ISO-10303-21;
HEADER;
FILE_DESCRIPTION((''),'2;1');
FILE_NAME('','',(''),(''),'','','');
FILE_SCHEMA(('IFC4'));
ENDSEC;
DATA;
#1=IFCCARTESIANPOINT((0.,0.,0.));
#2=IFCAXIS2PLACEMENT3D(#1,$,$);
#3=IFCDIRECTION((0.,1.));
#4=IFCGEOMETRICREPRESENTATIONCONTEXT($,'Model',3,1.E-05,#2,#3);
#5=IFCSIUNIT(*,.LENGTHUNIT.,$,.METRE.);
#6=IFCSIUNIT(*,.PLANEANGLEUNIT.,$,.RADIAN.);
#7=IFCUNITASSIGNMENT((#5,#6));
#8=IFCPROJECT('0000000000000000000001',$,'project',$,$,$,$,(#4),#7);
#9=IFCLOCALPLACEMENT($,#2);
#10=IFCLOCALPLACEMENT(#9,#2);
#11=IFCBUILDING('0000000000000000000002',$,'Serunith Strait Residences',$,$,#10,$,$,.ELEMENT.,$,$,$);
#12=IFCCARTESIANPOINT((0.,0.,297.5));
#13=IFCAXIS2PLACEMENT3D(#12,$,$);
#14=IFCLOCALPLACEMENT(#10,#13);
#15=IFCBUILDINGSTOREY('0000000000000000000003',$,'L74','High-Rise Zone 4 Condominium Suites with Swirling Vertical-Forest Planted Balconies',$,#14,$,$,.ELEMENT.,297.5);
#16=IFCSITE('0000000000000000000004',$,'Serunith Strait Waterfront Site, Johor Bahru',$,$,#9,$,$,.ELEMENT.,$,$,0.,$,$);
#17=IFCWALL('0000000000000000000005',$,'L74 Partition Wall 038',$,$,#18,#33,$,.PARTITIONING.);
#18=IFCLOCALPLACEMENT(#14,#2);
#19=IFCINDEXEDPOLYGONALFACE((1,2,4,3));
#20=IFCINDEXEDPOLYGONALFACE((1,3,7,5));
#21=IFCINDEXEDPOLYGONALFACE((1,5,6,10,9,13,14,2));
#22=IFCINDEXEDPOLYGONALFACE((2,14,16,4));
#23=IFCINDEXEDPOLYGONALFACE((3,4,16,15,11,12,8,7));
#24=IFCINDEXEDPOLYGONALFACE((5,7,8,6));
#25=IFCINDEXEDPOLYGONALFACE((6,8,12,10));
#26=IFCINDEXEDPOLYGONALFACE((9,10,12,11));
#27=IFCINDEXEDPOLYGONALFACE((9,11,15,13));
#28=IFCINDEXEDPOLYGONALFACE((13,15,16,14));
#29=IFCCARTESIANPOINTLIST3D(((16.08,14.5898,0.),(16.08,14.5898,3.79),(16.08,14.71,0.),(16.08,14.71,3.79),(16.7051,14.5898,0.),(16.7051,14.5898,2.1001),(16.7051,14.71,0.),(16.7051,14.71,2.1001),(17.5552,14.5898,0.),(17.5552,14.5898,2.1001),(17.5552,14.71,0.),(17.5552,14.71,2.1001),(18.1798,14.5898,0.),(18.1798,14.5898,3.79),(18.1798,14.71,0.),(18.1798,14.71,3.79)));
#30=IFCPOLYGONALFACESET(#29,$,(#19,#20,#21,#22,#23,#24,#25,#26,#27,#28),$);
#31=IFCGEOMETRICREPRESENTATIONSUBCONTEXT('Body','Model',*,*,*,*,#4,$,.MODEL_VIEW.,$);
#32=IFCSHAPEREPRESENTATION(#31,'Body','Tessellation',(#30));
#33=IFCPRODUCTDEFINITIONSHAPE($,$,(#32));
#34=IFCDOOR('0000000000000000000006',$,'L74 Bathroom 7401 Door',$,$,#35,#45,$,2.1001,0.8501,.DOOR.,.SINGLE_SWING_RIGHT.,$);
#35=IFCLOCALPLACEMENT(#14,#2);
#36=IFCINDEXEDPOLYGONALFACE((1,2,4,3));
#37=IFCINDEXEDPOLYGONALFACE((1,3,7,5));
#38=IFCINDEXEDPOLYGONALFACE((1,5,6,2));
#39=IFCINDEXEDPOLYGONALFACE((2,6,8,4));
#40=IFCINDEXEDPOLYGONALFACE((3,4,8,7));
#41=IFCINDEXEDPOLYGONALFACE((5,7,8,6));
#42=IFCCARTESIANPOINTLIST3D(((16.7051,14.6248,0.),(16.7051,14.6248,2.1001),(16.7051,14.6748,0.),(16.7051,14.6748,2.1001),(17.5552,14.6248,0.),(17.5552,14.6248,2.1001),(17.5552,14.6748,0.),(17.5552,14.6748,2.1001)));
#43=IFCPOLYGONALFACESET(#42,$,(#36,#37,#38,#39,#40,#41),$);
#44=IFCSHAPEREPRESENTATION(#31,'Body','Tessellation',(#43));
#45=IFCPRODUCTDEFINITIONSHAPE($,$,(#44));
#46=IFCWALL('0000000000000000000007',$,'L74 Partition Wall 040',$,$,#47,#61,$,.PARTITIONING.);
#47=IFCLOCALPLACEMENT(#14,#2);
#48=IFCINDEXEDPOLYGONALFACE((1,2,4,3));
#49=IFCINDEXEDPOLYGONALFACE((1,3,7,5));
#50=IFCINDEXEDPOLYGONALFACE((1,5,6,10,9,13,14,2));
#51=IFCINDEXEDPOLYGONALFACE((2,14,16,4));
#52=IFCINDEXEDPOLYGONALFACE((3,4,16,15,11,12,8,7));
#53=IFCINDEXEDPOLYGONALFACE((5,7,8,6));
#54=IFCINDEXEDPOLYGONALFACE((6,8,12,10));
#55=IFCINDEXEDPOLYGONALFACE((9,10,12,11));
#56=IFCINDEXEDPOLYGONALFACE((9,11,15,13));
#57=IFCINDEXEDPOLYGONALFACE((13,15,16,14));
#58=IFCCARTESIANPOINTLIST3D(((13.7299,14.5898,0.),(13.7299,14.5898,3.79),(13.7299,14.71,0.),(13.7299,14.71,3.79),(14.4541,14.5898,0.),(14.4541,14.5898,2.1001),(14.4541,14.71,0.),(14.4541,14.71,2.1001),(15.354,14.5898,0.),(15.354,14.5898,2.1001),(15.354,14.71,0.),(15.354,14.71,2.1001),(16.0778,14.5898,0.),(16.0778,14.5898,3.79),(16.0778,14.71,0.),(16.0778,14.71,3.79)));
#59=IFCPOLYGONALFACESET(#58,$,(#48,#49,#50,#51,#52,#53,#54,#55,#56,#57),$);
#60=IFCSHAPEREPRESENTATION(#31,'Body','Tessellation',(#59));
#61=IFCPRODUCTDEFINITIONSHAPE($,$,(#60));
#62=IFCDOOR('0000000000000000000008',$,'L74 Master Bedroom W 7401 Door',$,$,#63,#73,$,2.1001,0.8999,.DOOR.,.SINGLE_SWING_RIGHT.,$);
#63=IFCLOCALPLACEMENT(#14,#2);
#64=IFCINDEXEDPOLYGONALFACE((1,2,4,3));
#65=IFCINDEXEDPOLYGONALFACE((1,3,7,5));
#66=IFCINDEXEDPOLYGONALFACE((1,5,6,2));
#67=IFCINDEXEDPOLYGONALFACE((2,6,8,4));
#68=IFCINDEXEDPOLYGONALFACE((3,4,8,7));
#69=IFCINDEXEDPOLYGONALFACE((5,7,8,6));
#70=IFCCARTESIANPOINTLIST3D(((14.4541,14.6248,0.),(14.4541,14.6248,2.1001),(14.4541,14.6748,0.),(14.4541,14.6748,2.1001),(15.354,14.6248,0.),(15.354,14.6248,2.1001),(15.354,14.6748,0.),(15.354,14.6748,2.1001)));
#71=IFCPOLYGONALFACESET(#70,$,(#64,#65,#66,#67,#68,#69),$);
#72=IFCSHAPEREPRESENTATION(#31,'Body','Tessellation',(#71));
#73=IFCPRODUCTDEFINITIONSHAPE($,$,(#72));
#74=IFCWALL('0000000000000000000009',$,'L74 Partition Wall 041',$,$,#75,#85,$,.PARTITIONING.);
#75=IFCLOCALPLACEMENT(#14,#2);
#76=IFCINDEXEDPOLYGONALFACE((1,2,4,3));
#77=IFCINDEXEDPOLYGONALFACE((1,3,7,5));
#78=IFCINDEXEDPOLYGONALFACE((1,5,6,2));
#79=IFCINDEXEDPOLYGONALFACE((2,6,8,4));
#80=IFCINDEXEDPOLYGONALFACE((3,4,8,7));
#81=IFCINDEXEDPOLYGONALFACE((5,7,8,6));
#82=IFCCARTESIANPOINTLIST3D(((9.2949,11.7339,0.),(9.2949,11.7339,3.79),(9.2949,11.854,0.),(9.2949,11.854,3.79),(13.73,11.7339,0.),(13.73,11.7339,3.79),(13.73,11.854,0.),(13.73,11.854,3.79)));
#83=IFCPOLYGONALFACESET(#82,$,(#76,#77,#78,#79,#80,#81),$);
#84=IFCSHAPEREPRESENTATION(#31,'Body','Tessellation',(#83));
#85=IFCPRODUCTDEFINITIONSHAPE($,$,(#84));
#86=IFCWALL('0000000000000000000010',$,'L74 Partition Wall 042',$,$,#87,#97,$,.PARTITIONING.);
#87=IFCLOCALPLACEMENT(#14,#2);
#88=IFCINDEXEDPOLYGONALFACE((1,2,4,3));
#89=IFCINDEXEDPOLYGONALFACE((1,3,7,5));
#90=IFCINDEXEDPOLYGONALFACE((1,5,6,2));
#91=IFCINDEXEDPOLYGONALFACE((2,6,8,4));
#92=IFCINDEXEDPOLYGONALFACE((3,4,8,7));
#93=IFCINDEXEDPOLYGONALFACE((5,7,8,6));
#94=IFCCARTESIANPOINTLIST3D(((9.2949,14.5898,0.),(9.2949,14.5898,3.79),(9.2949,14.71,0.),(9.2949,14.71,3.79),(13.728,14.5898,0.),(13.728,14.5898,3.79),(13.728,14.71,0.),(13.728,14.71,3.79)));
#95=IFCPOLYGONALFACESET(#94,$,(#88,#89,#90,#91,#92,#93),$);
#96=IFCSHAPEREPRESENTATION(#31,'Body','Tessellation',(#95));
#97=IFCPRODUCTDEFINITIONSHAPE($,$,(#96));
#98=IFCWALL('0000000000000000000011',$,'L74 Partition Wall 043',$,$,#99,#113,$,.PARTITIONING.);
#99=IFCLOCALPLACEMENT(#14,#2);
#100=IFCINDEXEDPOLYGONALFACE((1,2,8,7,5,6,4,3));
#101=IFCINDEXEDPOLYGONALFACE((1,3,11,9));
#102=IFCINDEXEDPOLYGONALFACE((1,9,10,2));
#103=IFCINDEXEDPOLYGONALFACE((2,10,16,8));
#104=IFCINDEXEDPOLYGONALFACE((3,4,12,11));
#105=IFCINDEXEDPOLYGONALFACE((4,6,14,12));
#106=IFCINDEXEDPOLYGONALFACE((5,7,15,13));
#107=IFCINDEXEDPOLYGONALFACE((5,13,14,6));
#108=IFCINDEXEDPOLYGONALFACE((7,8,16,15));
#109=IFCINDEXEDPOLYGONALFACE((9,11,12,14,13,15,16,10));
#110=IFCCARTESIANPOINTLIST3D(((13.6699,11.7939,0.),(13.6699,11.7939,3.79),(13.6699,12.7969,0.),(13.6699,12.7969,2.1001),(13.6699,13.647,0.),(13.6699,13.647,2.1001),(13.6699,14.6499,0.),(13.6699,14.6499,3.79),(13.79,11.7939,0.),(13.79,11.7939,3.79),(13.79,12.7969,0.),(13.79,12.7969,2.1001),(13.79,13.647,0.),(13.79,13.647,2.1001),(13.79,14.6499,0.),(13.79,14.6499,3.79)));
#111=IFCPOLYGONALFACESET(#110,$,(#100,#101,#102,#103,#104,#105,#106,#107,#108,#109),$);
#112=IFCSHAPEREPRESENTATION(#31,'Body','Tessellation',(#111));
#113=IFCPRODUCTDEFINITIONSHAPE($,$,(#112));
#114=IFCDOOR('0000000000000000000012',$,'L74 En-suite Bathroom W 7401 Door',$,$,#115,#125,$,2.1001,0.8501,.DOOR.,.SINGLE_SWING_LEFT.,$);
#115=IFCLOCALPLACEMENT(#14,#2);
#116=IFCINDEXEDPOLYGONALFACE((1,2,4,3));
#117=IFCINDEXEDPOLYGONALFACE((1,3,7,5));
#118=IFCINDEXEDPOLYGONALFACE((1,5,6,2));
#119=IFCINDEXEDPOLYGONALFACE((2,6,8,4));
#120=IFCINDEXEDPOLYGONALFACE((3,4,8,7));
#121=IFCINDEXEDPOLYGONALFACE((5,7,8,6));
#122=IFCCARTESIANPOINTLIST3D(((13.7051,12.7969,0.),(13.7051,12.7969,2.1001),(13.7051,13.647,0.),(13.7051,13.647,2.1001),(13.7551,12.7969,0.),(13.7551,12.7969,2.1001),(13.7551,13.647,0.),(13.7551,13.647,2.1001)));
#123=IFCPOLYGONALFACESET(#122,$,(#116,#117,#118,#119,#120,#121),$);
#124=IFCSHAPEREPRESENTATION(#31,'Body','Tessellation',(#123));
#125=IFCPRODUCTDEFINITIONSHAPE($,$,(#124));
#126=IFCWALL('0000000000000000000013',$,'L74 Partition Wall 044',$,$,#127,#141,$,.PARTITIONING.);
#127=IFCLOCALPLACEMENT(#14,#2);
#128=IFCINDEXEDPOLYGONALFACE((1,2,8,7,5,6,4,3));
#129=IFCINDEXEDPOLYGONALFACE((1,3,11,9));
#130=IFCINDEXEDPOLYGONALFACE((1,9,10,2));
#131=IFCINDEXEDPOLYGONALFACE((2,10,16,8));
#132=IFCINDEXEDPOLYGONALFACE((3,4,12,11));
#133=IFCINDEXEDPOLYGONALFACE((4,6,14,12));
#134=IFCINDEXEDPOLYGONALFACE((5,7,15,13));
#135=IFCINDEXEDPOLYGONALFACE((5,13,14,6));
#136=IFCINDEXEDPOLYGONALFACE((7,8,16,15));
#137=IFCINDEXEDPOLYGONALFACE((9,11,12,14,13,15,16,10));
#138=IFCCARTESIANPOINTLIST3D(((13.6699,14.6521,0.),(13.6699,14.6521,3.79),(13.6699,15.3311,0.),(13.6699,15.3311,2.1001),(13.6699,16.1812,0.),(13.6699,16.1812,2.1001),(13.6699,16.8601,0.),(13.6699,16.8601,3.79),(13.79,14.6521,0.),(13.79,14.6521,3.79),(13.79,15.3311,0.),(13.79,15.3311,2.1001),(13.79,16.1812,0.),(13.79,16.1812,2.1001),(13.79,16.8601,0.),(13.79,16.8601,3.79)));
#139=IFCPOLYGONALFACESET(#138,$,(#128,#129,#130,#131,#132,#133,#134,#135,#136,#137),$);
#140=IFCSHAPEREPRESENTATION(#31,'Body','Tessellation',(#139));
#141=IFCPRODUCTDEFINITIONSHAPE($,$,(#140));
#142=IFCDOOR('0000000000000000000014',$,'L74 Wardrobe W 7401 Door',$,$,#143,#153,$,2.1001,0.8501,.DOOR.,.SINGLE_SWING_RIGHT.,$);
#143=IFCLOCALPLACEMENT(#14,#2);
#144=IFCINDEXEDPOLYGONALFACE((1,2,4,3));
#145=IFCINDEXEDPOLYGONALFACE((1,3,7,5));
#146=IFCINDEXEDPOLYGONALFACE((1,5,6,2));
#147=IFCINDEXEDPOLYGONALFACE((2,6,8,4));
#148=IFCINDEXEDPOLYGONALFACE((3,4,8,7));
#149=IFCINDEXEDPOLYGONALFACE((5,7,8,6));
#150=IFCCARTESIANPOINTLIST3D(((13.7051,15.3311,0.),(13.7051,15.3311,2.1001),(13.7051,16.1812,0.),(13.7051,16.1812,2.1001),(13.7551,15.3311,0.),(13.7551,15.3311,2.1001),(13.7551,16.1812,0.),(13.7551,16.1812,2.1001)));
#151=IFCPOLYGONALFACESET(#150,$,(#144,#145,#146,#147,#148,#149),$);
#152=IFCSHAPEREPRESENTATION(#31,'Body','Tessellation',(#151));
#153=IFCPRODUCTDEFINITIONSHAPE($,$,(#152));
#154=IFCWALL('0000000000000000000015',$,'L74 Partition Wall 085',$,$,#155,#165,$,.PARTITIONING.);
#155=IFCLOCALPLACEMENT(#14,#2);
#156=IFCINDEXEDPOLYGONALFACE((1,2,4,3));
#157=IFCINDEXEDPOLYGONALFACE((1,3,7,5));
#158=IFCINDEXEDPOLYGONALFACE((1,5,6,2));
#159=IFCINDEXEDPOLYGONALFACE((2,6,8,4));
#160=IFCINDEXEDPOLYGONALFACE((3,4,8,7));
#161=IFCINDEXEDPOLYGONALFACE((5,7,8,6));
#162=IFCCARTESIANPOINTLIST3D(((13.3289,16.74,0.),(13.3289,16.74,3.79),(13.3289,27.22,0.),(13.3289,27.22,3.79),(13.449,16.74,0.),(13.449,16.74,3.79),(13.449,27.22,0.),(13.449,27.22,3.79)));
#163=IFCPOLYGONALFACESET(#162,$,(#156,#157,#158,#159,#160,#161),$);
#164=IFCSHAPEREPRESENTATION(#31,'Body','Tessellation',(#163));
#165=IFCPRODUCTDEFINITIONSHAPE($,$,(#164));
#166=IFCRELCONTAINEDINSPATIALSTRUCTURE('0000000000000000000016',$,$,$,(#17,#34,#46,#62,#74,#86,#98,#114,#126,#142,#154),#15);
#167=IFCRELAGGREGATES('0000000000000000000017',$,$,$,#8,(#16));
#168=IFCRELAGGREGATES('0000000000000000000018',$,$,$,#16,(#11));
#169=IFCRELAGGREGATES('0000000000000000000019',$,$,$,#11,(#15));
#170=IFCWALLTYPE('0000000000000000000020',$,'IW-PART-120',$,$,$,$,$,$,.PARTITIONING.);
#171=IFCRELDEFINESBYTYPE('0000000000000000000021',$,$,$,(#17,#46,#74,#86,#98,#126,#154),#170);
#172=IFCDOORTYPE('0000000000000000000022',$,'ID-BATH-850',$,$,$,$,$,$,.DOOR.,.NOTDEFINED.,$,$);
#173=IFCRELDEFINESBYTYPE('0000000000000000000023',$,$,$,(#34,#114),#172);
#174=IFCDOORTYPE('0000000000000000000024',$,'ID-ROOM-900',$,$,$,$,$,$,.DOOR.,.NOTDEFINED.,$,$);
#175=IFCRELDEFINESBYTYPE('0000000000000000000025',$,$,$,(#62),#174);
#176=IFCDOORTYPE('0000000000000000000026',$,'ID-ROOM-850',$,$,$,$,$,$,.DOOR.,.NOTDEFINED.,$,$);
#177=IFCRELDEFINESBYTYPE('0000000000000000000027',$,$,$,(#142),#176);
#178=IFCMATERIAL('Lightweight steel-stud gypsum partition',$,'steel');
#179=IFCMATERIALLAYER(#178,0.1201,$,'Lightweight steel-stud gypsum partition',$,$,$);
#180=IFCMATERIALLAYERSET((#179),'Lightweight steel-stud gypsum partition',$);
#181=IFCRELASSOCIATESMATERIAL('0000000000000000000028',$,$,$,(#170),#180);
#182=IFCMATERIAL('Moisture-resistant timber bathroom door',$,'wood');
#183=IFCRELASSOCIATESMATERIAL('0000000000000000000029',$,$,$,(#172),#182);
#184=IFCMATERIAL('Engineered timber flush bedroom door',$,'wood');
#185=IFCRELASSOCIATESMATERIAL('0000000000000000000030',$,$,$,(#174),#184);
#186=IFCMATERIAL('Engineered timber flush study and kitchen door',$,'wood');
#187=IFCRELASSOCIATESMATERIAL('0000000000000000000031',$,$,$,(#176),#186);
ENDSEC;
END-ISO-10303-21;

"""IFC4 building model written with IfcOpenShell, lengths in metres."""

from ifc_helpers import new_model, si_unit, direction, frame, frame_2d, origin, place, context, subcontext, project, spatial, rectangle, extrude, source, transform, mapped, material, layer, layer_set, type_object, element, fill, save


model = new_model("IFC4")

# Units and contexts
model_context = context("Model", 3, precision=1e-05, world=origin(), true_north=direction((0.0, 1.0)))
body_context = subcontext(model_context, "Body", "Model", "MODEL_VIEW")
ifc_project = project(units=[si_unit("LENGTHUNIT", "METRE"), si_unit("PLANEANGLEUNIT", "RADIAN")], contexts=[model_context])

# Site, building, storey
site_placement = place(None, origin())
site = spatial("IfcSite", under=ifc_project, at=site_placement, Name="Serunith Strait Waterfront Site, Johor Bahru", CompositionType="ELEMENT", RefElevation=0.0)
building_placement = place(site_placement, origin())
building = spatial("IfcBuilding", under=site, at=building_placement, Name="Serunith Strait Residences", CompositionType="ELEMENT")
storey_placement = place(building_placement, frame((0.0, 0.0, 297.5)))
storey = spatial("IfcBuildingStorey", under=building, at=storey_placement, Name="L74", Description="High-Rise Zone 4 Condominium Suites with Swirling Vertical-Forest Planted Balconies", CompositionType="ELEMENT", Elevation=297.5)

# Walls, openings, doors
ifc_material_1 = material(Name="Lightweight steel-stud gypsum partition", Category="steel")
ifc_layer_1 = layer(ifc_material_1, 0.1201, Name="Lightweight steel-stud gypsum partition")
ifc_layer_set_1 = layer_set([ifc_layer_1], Name="Lightweight steel-stud gypsum partition")
wall_type_1 = type_object("IfcWallType", Name="IW-PART-120", PredefinedType="PARTITIONING", material=ifc_layer_set_1)
wall_1_placement = place(storey_placement, frame((16.0801, 14.6499, 0.0), z_axis=(0.0, 0.0, 1.0), x_axis=(1.0, 0.0, 0.0)))
wall_1 = element("IfcWall", 1, at=wall_1_placement, inside=storey, type_object=wall_type_1, Name="L74 Partition Wall 038", PredefinedType="PARTITIONING", context=body_context, shape_type="SweptSolid", body=[
    extrude(rectangle(XDim=2.0999, YDim=0.1201, at=frame_2d((1.0498, 0.0))), origin(), (0.0, 0.0, 1.0), 3.79),
])
opening_1_placement = place(wall_1_placement, frame((0.625, 0.0, 0.0)))
opening_1 = element("IfcOpeningElement", 2, at=opening_1_placement, cuts=wall_1, PredefinedType="OPENING", context=body_context, shape_type="SweptSolid", body=[
    extrude(rectangle(XDim=0.8501, YDim=2.1001, at=frame_2d((0.425, 1.05))), frame((0.0, 0.0701, 0.0), z_axis=(0.0, -1.0, 0.0), x_axis=(1.0, 0.0, 0.0)), (0.0, 0.0, 1.0), 0.1401),
])
ifc_material_2 = material(Name="Moisture-resistant timber bathroom door", Category="wood")
door_type_1 = type_object("IfcDoorType", Name="ID-BATH-850", OperationType="NOTDEFINED", PredefinedType="DOOR", material=ifc_material_2)
shared_shape_1 = source(origin(), body_context, "Body", "SweptSolid", [
    extrude(rectangle(XDim=0.8501, YDim=2.1001, at=frame_2d((0.425, 1.05))), frame((0.0, 0.0249, 0.0), z_axis=(0.0, -1.0, 0.0), x_axis=(1.0, 0.0, 0.0)), (0.0, 0.0, 1.0), 0.05),
])
door_1_placement = place(opening_1_placement, origin())
door_1 = element("IfcDoor", 3, at=door_1_placement, inside=storey, type_object=door_type_1, Name="L74 Bathroom 7401 Door", OperationType="SINGLE_SWING_RIGHT", OverallHeight=2.1001, OverallWidth=0.8501, PredefinedType="DOOR", context=body_context, shape_type="MappedRepresentation", body=[
    mapped(shared_shape_1, transform((0.0, 0.0, 0.0), scale=1.0)),
])
fill(opening_1, door_1)
wall_2_placement = place(storey_placement, frame((13.73, 14.6499, 0.0), z_axis=(0.0, 0.0, 1.0), x_axis=(1.0, 0.0, 0.0)))
wall_2 = element("IfcWall", 4, at=wall_2_placement, inside=storey, type_object=wall_type_1, Name="L74 Partition Wall 040", PredefinedType="PARTITIONING", context=body_context, shape_type="SweptSolid", body=[
    extrude(rectangle(XDim=2.3479, YDim=0.1201, at=frame_2d((1.1738, 0.0))), origin(), (0.0, 0.0, 1.0), 3.79),
])
opening_2_placement = place(wall_2_placement, frame((0.7241, 0.0, 0.0)))
opening_2 = element("IfcOpeningElement", 5, at=opening_2_placement, cuts=wall_2, PredefinedType="OPENING", context=body_context, shape_type="SweptSolid", body=[
    extrude(rectangle(XDim=0.8999, YDim=2.1001, at=frame_2d((0.45, 1.05))), frame((0.0, 0.0701, 0.0), z_axis=(0.0, -1.0, 0.0), x_axis=(1.0, 0.0, 0.0)), (0.0, 0.0, 1.0), 0.1401),
])
ifc_material_3 = material(Name="Engineered timber flush bedroom door", Category="wood")
door_type_2 = type_object("IfcDoorType", Name="ID-ROOM-900", OperationType="NOTDEFINED", PredefinedType="DOOR", material=ifc_material_3)
shared_shape_2 = source(origin(), body_context, "Body", "SweptSolid", [
    extrude(rectangle(XDim=0.8999, YDim=2.1001, at=frame_2d((0.45, 1.05))), frame((0.0, 0.0249, 0.0), z_axis=(0.0, -1.0, 0.0), x_axis=(1.0, 0.0, 0.0)), (0.0, 0.0, 1.0), 0.05),
])
door_2_placement = place(opening_2_placement, origin())
door_2 = element("IfcDoor", 6, at=door_2_placement, inside=storey, type_object=door_type_2, Name="L74 Master Bedroom W 7401 Door", OperationType="SINGLE_SWING_RIGHT", OverallHeight=2.1001, OverallWidth=0.8999, PredefinedType="DOOR", context=body_context, shape_type="MappedRepresentation", body=[
    mapped(shared_shape_2, transform((0.0, 0.0, 0.0), scale=1.0)),
])
fill(opening_2, door_2)

# Walls
wall_3_placement = place(storey_placement, frame((9.2949, 11.7939, 0.0), z_axis=(0.0, 0.0, 1.0), x_axis=(1.0, 0.0, 0.0)))
element("IfcWall", 7, at=wall_3_placement, inside=storey, type_object=wall_type_1, Name="L74 Partition Wall 041", PredefinedType="PARTITIONING", context=body_context, shape_type="SweptSolid", body=[
    extrude(rectangle(XDim=4.4351, YDim=0.1201, at=frame_2d((2.2175, 0.0))), origin(), (0.0, 0.0, 1.0), 3.79),
])
wall_4_placement = place(storey_placement, frame((9.2949, 14.6499, 0.0), z_axis=(0.0, 0.0, 1.0), x_axis=(1.0, 0.0, 0.0)))
element("IfcWall", 8, at=wall_4_placement, inside=storey, type_object=wall_type_1, Name="L74 Partition Wall 042", PredefinedType="PARTITIONING", context=body_context, shape_type="SweptSolid", body=[
    extrude(rectangle(XDim=4.4331, YDim=0.1201, at=frame_2d((2.2166, 0.0))), origin(), (0.0, 0.0, 1.0), 3.79),
])

# Walls, openings, doors
wall_5_placement = place(storey_placement, frame((13.73, 11.7939, 0.0), z_axis=(0.0, 0.0, 1.0), x_axis=(0.0, 1.0, 0.0)))
wall_5 = element("IfcWall", 9, at=wall_5_placement, inside=storey, type_object=wall_type_1, Name="L74 Partition Wall 043", PredefinedType="PARTITIONING", context=body_context, shape_type="SweptSolid", body=[
    extrude(rectangle(XDim=2.856, YDim=0.1201, at=frame_2d((1.428, 0.0))), origin(), (0.0, 0.0, 1.0), 3.79),
])
opening_3_placement = place(wall_5_placement, frame((1.0029, 0.0, 0.0)))
opening_3 = element("IfcOpeningElement", 10, at=opening_3_placement, cuts=wall_5, PredefinedType="OPENING", context=body_context, shape_type="SweptSolid", body=[
    extrude(rectangle(XDim=0.8501, YDim=2.1001, at=frame_2d((0.425, 1.05))), frame((0.0, 0.0701, 0.0), z_axis=(0.0, -1.0, 0.0), x_axis=(1.0, 0.0, 0.0)), (0.0, 0.0, 1.0), 0.1401),
])
door_3_placement = place(opening_3_placement, origin())
door_3 = element("IfcDoor", 11, at=door_3_placement, inside=storey, type_object=door_type_1, Name="L74 En-suite Bathroom W 7401 Door", OperationType="SINGLE_SWING_LEFT", OverallHeight=2.1001, OverallWidth=0.8501, PredefinedType="DOOR", context=body_context, shape_type="MappedRepresentation", body=[
    mapped(shared_shape_1, transform((0.0, 0.0, 0.0), scale=1.0)),
])
fill(opening_3, door_3)
wall_6_placement = place(storey_placement, frame((13.73, 14.6521, 0.0), z_axis=(0.0, 0.0, 1.0), x_axis=(0.0, 1.0, 0.0)))
wall_6 = element("IfcWall", 12, at=wall_6_placement, inside=storey, type_object=wall_type_1, Name="L74 Partition Wall 044", PredefinedType="PARTITIONING", context=body_context, shape_type="SweptSolid", body=[
    extrude(rectangle(XDim=2.208, YDim=0.1201, at=frame_2d((1.104, 0.0))), origin(), (0.0, 0.0, 1.0), 3.79),
])
opening_4_placement = place(wall_6_placement, frame((0.679, 0.0, 0.0)))
opening_4 = element("IfcOpeningElement", 13, at=opening_4_placement, cuts=wall_6, PredefinedType="OPENING", context=body_context, shape_type="SweptSolid", body=[
    extrude(rectangle(XDim=0.8501, YDim=2.1001, at=frame_2d((0.425, 1.05))), frame((0.0, 0.0701, 0.0), z_axis=(0.0, -1.0, 0.0), x_axis=(1.0, 0.0, 0.0)), (0.0, 0.0, 1.0), 0.1401),
])
ifc_material_4 = material(Name="Engineered timber flush study and kitchen door", Category="wood")
door_type_3 = type_object("IfcDoorType", Name="ID-ROOM-850", OperationType="NOTDEFINED", PredefinedType="DOOR", material=ifc_material_4)
door_4_placement = place(opening_4_placement, origin())
door_4 = element("IfcDoor", 14, at=door_4_placement, inside=storey, type_object=door_type_3, Name="L74 Wardrobe W 7401 Door", OperationType="SINGLE_SWING_RIGHT", OverallHeight=2.1001, OverallWidth=0.8501, PredefinedType="DOOR", context=body_context, shape_type="MappedRepresentation", body=[
    mapped(shared_shape_1, transform((0.0, 0.0, 0.0), scale=1.0)),
])
fill(opening_4, door_4)

# Wall
wall_7_placement = place(storey_placement, frame((13.3889, 16.74, 0.0), z_axis=(0.0, 0.0, 1.0), x_axis=(0.0, 1.0, 0.0)))
element("IfcWall", 15, at=wall_7_placement, inside=storey, type_object=wall_type_1, Name="L74 Partition Wall 085", PredefinedType="PARTITIONING", context=body_context, shape_type="SweptSolid", body=[
    extrude(rectangle(XDim=10.48, YDim=0.1201, at=frame_2d((5.24, 0.0))), origin(), (0.0, 0.0, 1.0), 3.79),
])

save(model, "model.ifc")
